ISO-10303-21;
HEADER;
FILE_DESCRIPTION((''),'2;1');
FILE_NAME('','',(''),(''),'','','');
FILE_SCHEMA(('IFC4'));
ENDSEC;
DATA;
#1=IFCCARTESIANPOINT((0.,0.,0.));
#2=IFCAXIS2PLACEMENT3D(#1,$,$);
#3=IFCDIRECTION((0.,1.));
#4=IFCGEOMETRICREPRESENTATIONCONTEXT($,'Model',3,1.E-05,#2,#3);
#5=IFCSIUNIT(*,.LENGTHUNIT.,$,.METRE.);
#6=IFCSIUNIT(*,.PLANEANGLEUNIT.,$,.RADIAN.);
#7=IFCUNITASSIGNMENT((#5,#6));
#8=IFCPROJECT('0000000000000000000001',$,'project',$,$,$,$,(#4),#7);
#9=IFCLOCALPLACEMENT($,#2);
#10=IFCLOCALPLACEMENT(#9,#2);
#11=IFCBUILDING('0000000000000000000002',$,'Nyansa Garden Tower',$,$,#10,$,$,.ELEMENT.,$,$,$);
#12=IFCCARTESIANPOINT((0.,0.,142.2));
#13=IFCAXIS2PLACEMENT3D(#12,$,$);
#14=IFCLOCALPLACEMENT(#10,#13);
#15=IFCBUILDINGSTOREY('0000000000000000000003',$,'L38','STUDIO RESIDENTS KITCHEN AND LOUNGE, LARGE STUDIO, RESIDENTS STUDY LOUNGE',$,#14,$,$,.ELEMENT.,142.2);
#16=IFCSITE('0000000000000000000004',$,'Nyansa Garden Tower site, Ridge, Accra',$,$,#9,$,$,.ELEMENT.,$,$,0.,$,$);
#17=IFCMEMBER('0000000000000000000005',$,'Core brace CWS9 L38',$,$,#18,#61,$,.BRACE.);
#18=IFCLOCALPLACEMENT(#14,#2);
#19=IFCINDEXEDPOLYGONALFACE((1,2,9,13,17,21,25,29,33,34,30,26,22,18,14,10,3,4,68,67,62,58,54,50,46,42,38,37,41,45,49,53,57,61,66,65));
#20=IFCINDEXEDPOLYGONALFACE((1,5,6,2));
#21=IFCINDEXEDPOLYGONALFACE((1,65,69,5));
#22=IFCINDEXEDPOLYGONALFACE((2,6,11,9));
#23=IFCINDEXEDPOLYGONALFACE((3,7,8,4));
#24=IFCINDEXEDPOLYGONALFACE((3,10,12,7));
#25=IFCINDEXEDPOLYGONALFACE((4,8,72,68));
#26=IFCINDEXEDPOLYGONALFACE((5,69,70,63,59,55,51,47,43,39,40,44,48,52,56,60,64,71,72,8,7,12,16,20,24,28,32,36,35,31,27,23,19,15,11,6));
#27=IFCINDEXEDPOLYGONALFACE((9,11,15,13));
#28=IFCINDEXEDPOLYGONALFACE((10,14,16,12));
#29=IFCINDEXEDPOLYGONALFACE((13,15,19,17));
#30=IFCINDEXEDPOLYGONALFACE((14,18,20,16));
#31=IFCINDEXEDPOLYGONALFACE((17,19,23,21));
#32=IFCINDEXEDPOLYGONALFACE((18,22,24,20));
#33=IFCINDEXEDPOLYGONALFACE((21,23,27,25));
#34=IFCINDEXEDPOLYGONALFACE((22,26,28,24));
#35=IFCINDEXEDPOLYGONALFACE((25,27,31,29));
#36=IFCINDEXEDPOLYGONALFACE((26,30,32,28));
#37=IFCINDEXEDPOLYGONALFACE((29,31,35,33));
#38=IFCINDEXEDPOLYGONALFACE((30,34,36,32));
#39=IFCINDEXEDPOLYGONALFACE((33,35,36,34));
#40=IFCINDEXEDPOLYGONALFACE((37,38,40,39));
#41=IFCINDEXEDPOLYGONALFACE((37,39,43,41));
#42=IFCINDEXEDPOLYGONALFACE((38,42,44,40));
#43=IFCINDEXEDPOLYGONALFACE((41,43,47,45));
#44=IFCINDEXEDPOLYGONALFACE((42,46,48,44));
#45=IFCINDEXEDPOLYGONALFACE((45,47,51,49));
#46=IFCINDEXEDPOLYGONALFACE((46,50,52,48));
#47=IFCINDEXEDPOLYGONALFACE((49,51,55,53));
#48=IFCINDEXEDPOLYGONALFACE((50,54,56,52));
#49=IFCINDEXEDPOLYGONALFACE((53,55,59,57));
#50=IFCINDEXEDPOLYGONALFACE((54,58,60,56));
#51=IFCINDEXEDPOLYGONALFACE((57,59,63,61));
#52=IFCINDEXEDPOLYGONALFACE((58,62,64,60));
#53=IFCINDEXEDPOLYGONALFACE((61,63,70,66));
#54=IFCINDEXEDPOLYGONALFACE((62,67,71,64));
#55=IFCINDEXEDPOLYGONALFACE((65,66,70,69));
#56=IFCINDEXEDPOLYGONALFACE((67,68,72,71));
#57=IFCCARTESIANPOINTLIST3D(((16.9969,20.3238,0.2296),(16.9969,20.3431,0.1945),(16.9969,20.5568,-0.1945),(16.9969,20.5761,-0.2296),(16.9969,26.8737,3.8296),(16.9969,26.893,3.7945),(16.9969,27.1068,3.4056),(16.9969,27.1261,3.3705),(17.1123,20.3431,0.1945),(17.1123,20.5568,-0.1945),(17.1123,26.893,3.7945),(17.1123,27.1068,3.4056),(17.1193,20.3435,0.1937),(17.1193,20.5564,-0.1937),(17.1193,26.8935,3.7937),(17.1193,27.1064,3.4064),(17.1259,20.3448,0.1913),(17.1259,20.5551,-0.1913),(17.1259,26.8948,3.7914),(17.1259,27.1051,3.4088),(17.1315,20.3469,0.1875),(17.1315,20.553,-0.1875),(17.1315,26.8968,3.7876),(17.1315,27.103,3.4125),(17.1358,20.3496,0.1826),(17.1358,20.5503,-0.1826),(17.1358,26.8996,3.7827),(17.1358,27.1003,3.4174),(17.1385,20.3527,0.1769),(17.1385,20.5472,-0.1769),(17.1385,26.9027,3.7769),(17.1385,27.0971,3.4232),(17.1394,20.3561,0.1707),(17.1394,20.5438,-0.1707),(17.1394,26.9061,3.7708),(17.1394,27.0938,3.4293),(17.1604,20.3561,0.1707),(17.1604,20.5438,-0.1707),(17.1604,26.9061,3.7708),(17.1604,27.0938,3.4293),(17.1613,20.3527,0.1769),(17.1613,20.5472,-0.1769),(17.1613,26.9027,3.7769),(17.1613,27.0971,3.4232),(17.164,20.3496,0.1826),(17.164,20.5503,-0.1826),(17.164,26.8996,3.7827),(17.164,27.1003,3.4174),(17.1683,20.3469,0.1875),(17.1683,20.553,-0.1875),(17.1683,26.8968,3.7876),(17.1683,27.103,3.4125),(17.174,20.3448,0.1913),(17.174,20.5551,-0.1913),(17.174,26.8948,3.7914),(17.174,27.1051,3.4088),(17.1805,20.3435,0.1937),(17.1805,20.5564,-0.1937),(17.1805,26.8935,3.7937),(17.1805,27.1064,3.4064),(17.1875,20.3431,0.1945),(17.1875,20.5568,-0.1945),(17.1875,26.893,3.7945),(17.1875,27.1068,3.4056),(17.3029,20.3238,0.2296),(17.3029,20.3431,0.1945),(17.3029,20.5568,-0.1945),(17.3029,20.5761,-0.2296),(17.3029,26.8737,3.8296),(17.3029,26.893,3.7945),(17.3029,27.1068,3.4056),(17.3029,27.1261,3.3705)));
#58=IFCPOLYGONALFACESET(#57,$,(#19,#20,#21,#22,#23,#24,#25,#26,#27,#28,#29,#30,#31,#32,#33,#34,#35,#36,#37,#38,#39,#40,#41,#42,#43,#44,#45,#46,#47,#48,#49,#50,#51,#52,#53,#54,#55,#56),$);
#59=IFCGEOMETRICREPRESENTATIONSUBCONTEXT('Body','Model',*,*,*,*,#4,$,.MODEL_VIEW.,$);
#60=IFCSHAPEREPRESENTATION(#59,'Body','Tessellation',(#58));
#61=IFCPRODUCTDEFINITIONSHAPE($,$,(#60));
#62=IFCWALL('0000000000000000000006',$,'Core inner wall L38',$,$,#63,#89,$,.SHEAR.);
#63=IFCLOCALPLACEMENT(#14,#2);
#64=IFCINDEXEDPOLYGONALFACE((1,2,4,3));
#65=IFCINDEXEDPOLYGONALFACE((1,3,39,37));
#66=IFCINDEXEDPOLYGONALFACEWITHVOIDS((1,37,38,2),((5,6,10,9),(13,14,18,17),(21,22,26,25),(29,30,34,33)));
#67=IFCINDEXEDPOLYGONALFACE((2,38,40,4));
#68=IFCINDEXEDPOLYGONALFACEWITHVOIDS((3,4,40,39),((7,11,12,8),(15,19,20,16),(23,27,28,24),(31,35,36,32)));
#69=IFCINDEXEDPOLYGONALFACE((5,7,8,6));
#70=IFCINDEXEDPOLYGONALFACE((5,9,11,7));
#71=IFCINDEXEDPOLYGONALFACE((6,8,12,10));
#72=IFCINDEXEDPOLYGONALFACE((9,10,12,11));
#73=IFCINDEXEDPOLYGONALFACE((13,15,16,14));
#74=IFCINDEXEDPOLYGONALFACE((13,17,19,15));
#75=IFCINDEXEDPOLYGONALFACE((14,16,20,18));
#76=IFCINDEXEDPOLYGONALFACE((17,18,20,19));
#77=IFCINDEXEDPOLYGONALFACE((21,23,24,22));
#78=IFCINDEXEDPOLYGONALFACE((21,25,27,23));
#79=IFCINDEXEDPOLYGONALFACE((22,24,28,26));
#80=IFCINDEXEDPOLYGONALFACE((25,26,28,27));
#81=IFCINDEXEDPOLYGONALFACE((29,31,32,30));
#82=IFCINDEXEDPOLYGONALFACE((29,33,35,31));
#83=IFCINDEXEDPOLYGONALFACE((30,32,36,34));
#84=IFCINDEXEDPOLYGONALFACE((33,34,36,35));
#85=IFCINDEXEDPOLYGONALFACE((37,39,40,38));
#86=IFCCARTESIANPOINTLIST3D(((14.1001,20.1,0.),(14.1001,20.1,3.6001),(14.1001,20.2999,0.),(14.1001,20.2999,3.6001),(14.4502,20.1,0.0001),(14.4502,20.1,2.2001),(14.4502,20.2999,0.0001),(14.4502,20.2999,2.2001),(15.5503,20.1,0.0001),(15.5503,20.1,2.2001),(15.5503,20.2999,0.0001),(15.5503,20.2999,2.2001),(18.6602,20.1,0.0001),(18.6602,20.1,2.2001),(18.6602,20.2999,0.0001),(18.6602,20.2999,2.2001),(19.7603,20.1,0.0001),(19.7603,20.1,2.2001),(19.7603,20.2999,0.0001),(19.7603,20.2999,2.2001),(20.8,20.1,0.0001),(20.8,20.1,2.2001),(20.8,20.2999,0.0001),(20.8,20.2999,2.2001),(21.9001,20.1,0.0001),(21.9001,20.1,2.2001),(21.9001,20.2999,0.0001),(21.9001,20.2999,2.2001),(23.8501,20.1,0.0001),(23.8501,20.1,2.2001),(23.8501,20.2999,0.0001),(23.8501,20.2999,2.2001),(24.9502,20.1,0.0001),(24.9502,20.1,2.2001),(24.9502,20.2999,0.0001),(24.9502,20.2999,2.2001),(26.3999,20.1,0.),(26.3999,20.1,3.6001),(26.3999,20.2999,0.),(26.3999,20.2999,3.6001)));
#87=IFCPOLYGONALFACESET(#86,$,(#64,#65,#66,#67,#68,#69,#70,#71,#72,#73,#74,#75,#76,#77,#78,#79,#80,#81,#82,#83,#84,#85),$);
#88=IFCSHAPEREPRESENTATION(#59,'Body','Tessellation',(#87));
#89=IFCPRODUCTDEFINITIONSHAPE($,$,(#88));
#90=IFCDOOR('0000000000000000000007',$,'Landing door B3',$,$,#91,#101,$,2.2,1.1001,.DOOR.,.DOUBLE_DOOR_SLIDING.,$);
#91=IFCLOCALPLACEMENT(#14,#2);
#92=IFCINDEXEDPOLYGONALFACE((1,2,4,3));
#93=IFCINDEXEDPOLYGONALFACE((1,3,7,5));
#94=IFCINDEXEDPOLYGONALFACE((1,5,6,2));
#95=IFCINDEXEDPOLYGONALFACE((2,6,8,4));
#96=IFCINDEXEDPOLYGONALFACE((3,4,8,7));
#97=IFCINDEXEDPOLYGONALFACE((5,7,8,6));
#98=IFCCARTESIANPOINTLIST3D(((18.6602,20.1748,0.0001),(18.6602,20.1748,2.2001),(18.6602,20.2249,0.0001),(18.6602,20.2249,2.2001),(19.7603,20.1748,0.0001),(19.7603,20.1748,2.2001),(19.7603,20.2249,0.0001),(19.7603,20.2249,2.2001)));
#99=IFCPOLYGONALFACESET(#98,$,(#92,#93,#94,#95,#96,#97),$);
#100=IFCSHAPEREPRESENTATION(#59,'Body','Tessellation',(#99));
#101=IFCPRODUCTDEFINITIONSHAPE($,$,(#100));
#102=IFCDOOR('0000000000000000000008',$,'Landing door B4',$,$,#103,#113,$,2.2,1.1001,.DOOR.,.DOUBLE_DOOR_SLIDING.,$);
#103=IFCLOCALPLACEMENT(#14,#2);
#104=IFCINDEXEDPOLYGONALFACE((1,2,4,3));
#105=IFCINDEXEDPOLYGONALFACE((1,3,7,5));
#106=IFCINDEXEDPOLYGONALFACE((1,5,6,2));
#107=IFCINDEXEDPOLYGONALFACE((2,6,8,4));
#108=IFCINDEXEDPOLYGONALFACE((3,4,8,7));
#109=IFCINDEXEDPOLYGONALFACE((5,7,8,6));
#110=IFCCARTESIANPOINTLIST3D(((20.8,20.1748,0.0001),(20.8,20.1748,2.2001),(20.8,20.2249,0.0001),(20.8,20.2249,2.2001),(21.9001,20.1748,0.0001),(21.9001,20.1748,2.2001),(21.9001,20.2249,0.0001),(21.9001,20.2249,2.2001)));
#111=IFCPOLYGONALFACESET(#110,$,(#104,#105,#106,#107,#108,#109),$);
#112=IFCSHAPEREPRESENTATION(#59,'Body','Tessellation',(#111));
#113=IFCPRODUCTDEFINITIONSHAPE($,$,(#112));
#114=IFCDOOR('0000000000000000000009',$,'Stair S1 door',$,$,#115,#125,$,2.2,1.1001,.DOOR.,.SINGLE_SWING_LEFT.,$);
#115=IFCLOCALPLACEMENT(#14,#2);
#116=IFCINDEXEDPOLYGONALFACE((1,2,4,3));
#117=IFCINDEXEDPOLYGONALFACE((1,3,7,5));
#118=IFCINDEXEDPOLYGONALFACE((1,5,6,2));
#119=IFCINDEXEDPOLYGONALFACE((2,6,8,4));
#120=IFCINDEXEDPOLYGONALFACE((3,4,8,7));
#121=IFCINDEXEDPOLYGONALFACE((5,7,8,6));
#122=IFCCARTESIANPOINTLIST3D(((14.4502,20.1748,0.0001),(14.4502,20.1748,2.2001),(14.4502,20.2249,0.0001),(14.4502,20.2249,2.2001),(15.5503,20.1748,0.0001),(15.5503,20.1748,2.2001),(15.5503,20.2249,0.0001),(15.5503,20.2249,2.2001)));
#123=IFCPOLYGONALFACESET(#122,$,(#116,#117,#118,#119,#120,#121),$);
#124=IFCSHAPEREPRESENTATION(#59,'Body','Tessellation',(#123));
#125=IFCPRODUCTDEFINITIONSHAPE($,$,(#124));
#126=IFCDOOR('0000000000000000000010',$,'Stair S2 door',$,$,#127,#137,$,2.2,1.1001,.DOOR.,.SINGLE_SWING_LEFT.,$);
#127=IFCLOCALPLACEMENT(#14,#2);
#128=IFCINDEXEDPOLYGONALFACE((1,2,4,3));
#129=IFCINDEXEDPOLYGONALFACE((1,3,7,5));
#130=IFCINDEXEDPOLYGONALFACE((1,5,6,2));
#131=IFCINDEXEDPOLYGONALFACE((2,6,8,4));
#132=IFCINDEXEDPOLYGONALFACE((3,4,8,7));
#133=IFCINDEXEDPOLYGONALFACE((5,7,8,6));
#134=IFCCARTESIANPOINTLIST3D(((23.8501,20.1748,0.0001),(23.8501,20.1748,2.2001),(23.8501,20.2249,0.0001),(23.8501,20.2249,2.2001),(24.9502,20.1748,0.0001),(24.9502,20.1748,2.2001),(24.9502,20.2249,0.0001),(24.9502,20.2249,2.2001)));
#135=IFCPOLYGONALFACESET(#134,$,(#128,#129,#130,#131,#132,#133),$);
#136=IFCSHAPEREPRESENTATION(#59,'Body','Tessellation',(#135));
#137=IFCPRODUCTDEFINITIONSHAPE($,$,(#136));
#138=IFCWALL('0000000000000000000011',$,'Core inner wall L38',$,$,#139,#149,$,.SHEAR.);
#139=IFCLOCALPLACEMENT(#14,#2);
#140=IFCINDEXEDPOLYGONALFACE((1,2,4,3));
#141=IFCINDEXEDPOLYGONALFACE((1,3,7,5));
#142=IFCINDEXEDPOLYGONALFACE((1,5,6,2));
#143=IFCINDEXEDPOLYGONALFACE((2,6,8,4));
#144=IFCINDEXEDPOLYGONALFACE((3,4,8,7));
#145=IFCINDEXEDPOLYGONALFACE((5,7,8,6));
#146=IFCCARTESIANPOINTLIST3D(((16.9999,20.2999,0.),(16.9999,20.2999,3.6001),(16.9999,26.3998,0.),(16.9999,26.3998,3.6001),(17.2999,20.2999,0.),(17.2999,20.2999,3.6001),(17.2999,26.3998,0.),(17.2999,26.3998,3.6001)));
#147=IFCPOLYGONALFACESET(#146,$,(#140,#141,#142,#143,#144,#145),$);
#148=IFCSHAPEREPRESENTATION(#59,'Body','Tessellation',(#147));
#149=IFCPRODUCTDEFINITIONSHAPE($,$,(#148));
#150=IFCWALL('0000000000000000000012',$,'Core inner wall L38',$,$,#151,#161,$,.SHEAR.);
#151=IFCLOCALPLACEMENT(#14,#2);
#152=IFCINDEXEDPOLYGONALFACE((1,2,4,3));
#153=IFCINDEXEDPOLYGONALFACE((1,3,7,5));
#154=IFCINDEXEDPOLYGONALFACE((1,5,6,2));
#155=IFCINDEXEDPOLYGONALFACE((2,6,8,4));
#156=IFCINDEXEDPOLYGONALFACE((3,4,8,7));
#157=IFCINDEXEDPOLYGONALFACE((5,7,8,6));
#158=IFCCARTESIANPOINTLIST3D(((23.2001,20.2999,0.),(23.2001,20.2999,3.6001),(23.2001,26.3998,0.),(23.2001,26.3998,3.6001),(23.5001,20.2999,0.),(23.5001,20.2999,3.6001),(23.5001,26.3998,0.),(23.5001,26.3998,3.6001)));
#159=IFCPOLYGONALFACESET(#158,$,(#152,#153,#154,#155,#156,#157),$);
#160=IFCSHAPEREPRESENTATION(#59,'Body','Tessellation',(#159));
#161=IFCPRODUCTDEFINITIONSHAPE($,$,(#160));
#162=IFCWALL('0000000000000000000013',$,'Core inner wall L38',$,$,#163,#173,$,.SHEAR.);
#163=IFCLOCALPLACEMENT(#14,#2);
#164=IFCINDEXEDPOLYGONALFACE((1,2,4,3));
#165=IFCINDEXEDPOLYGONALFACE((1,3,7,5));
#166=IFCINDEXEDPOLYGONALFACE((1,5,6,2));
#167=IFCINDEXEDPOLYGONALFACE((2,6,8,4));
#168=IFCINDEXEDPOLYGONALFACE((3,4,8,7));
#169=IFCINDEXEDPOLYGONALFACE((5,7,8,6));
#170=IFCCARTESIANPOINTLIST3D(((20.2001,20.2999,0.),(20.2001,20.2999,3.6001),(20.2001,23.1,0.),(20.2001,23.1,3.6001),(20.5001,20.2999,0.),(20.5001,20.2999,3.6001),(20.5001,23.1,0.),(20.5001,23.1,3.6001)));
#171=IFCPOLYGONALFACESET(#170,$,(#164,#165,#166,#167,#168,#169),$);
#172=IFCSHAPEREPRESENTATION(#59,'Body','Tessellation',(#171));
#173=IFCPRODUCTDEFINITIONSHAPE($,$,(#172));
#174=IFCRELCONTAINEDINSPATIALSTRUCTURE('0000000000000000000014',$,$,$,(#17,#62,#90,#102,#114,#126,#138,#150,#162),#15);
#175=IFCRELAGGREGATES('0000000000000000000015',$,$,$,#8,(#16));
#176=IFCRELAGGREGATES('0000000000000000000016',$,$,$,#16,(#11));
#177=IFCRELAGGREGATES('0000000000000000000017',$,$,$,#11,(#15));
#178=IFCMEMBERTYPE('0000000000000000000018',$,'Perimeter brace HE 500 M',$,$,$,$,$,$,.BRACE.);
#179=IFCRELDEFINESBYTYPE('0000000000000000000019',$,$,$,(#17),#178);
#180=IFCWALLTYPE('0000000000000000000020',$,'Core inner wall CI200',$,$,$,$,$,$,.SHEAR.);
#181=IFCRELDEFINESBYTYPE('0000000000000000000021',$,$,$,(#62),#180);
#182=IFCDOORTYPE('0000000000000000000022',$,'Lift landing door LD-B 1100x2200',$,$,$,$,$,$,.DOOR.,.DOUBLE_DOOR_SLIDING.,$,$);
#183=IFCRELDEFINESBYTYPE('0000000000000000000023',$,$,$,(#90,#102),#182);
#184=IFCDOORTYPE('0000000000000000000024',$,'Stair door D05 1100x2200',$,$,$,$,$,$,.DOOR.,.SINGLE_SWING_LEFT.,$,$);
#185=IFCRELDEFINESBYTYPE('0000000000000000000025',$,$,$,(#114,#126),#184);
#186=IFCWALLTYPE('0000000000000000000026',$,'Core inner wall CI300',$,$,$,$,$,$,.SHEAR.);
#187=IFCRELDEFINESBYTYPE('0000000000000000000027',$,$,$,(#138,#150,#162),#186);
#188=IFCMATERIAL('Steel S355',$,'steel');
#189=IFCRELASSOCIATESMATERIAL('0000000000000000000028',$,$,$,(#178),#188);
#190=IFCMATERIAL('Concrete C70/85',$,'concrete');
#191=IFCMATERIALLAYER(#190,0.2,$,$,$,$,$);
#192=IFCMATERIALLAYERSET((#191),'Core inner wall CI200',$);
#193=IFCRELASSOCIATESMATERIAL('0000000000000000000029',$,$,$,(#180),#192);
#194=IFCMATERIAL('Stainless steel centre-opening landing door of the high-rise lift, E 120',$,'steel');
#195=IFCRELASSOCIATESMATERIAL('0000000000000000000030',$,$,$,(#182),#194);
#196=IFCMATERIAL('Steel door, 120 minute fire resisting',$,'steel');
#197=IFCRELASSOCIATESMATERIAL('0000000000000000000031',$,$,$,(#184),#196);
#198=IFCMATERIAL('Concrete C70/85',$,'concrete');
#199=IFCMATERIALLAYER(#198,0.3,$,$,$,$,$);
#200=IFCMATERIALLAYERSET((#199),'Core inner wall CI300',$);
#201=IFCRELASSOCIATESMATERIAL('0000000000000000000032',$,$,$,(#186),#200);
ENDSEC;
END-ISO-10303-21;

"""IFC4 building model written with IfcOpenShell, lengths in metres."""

from ifc_helpers import new_model, si_unit, direction, frame, frame_2d, origin, origin_2d, place, context, subcontext, project, spatial, rectangle, i_section, extrude, material, layer, layer_set, material_profile, profile_set, type_object, element, fill, save


model = new_model("IFC4")

# Units and contexts
model_context = context("Model", 3, precision=1e-05, world=origin(), true_north=direction((0.0, 1.0)))
body_context = subcontext(model_context, "Body", "Model", "MODEL_VIEW")
ifc_project = project(units=[si_unit("LENGTHUNIT", "METRE"), si_unit("PLANEANGLEUNIT", "RADIAN")], contexts=[model_context])

# Site, building, storey
site_placement = place(None, origin())
site = spatial("IfcSite", under=ifc_project, at=site_placement, Name="Nyansa Garden Tower site, Ridge, Accra", CompositionType="ELEMENT", RefElevation=0.0)
building_placement = place(site_placement, origin())
building = spatial("IfcBuilding", under=site, at=building_placement, Name="Nyansa Garden Tower", CompositionType="ELEMENT")
storey_placement = place(building_placement, frame((0.0, 0.0, 142.2)))
storey = spatial("IfcBuildingStorey", under=building, at=storey_placement, Name="L38", Description="STUDIO RESIDENTS KITCHEN AND LOUNGE, LARGE STUDIO, RESIDENTS STUDY LOUNGE", CompositionType="ELEMENT", Elevation=142.2)

# Member
ifc_material_1 = material(Name="Steel S355", Category="steel")
ifc_material_profile = material_profile(ifc_material_1, i_section(OverallWidth=0.3059, OverallDepth=0.5239, WebThickness=0.021, FlangeThickness=0.04, FilletRadius=0.0271, at=origin_2d()), Name="HE 500 M")
ifc_profile_set = profile_set([ifc_material_profile], Name="Steel S355")
member_type = type_object("IfcMemberType", Name="Perimeter brace HE 500 M", PredefinedType="BRACE", material=ifc_profile_set)
member_placement = place(storey_placement, frame((17.1499, 20.45, 0.0), z_axis=(0.0, 0.876353, 0.481669), x_axis=(-1.0, 0.0, 0.0)))
element("IfcMember", 1, at=member_placement, inside=storey, type_object=member_type, Name="Core brace CWS9 L38", PredefinedType="BRACE", context=body_context, shape_type="SweptSolid", body=[
    extrude(i_section(OverallWidth=0.3059, OverallDepth=0.5239, WebThickness=0.021, FlangeThickness=0.04, FilletRadius=0.0271, at=origin_2d()), origin(), (0.0, 0.0, 1.0), 7.4741),
])

# Wall, openings, doors
ifc_material_2 = material(Name="Concrete C70/85", Category="concrete")
ifc_layer_1 = layer(ifc_material_2, 0.2)
ifc_layer_set_1 = layer_set([ifc_layer_1], Name="Core inner wall CI200")
wall_type_1 = type_object("IfcWallType", Name="Core inner wall CI200", PredefinedType="SHEAR", material=ifc_layer_set_1)
wall_1_placement = place(storey_placement, frame((14.1001, 20.2, 0.0), z_axis=(0.0, 0.0, 1.0), x_axis=(1.0, 0.0, 0.0)))
wall_1 = element("IfcWall", 2, at=wall_1_placement, inside=storey, type_object=wall_type_1, Name="Core inner wall L38", PredefinedType="SHEAR", context=body_context, shape_type="SweptSolid", body=[
    extrude(rectangle(XDim=12.2998, YDim=0.2, at=frame_2d((6.1499, 0.0))), origin(), (0.0, 0.0, 1.0), 3.6001),
])
opening_1_placement = place(wall_1_placement, frame((4.5601, 0.0, 0.0)))
opening_1 = element("IfcOpeningElement", 3, at=opening_1_placement, cuts=wall_1, PredefinedType="OPENING", context=body_context, shape_type="SweptSolid", body=[
    extrude(rectangle(XDim=1.1001, YDim=2.2, at=frame_2d((0.55, 1.1001))), frame((0.0, 0.1099, 0.0), z_axis=(0.0, -1.0, 0.0), x_axis=(1.0, 0.0, 0.0)), (0.0, 0.0, 1.0), 0.22),
])
opening_2_placement = place(wall_1_placement, frame((6.7, 0.0, 0.0)))
opening_2 = element("IfcOpeningElement", 4, at=opening_2_placement, cuts=wall_1, PredefinedType="OPENING", context=body_context, shape_type="SweptSolid", body=[
    extrude(rectangle(XDim=1.1001, YDim=2.2, at=frame_2d((0.55, 1.1001))), frame((0.0, 0.1099, 0.0), z_axis=(0.0, -1.0, 0.0), x_axis=(1.0, 0.0, 0.0)), (0.0, 0.0, 1.0), 0.22),
])
opening_3_placement = place(wall_1_placement, frame((0.3501, 0.0, 0.0)))
opening_3 = element("IfcOpeningElement", 5, at=opening_3_placement, cuts=wall_1, PredefinedType="OPENING", context=body_context, shape_type="SweptSolid", body=[
    extrude(rectangle(XDim=1.1001, YDim=2.2, at=frame_2d((0.55, 1.1001))), frame((0.0, 0.1099, 0.0), z_axis=(0.0, -1.0, 0.0), x_axis=(1.0, 0.0, 0.0)), (0.0, 0.0, 1.0), 0.22),
])
opening_4_placement = place(wall_1_placement, frame((9.75, 0.0, 0.0)))
opening_4 = element("IfcOpeningElement", 6, at=opening_4_placement, cuts=wall_1, PredefinedType="OPENING", context=body_context, shape_type="SweptSolid", body=[
    extrude(rectangle(XDim=1.1001, YDim=2.2, at=frame_2d((0.55, 1.1001))), frame((0.0, 0.1099, 0.0), z_axis=(0.0, -1.0, 0.0), x_axis=(1.0, 0.0, 0.0)), (0.0, 0.0, 1.0), 0.22),
])
ifc_material_3 = material(Name="Stainless steel centre-opening landing door of the high-rise lift, E 120", Category="steel")
door_type_1 = type_object("IfcDoorType", Name="Lift landing door LD-B 1100x2200", OperationType="DOUBLE_DOOR_SLIDING", PredefinedType="DOOR", material=ifc_material_3)
door_1_placement = place(opening_1_placement, origin())
door_1 = element("IfcDoor", 7, at=door_1_placement, inside=storey, type_object=door_type_1, Name="Landing door B3", OperationType="DOUBLE_DOOR_SLIDING", OverallHeight=2.2, OverallWidth=1.1001, PredefinedType="DOOR", context=body_context, shape_type="SweptSolid", body=[
    extrude(rectangle(XDim=1.1001, YDim=2.2, at=frame_2d((0.55, 1.1001))), frame((0.0, 0.0249, 0.0), z_axis=(0.0, -1.0, 0.0), x_axis=(1.0, 0.0, 0.0)), (0.0, 0.0, 1.0), 0.05),
])
fill(opening_1, door_1)
door_2_placement = place(opening_2_placement, origin())
door_2 = element("IfcDoor", 8, at=door_2_placement, inside=storey, type_object=door_type_1, Name="Landing door B4", OperationType="DOUBLE_DOOR_SLIDING", OverallHeight=2.2, OverallWidth=1.1001, PredefinedType="DOOR", context=body_context, shape_type="SweptSolid", body=[
    extrude(rectangle(XDim=1.1001, YDim=2.2, at=frame_2d((0.55, 1.1001))), frame((0.0, 0.0249, 0.0), z_axis=(0.0, -1.0, 0.0), x_axis=(1.0, 0.0, 0.0)), (0.0, 0.0, 1.0), 0.05),
])
fill(opening_2, door_2)
ifc_material_4 = material(Name="Steel door, 120 minute fire resisting", Category="steel")
door_type_2 = type_object("IfcDoorType", Name="Stair door D05 1100x2200", OperationType="SINGLE_SWING_LEFT", PredefinedType="DOOR", material=ifc_material_4)
door_3_placement = place(opening_3_placement, origin())
door_3 = element("IfcDoor", 9, at=door_3_placement, inside=storey, type_object=door_type_2, Name="Stair S1 door", OperationType="SINGLE_SWING_LEFT", OverallHeight=2.2, OverallWidth=1.1001, PredefinedType="DOOR", context=body_context, shape_type="SweptSolid", body=[
    extrude(rectangle(XDim=1.1001, YDim=2.2, at=frame_2d((0.55, 1.1001))), frame((0.0, 0.0249, 0.0), z_axis=(0.0, -1.0, 0.0), x_axis=(1.0, 0.0, 0.0)), (0.0, 0.0, 1.0), 0.05),
])
fill(opening_3, door_3)
door_4_placement = place(opening_4_placement, origin())
door_4 = element("IfcDoor", 10, at=door_4_placement, inside=storey, type_object=door_type_2, Name="Stair S2 door", OperationType="SINGLE_SWING_LEFT", OverallHeight=2.2, OverallWidth=1.1001, PredefinedType="DOOR", context=body_context, shape_type="SweptSolid", body=[
    extrude(rectangle(XDim=1.1001, YDim=2.2, at=frame_2d((0.55, 1.1001))), frame((0.0, 0.0249, 0.0), z_axis=(0.0, -1.0, 0.0), x_axis=(1.0, 0.0, 0.0)), (0.0, 0.0, 1.0), 0.05),
])
fill(opening_4, door_4)

# Walls
ifc_material_5 = material(Name="Concrete C70/85", Category="concrete")
ifc_layer_2 = layer(ifc_material_5, 0.3)
ifc_layer_set_2 = layer_set([ifc_layer_2], Name="Core inner wall CI300")
wall_type_2 = type_object("IfcWallType", Name="Core inner wall CI300", PredefinedType="SHEAR", material=ifc_layer_set_2)
for number, where, z_axis, x_axis, name in (
    (11, (17.1499, 20.3, 0.0), (0.0, 0.0, 1.0), (0.0, 1.0, 0.0), "Core inner wall L38"),
    (12, (23.3501, 20.3, 0.0), (0.0, 0.0, 1.0), (0.0, 1.0, 0.0), "Core inner wall L38"),
):
    element("IfcWall", number, at=place(storey_placement, frame(where, z_axis=z_axis, x_axis=x_axis)), inside=storey, type_object=wall_type_2, Name=name, PredefinedType="SHEAR", context=body_context, shape_type="SweptSolid", body=[
        extrude(rectangle(XDim=6.0999, YDim=0.3, at=frame_2d((3.0498, 0.0))), origin(), (0.0, 0.0, 1.0), 3.6001),
    ])
wall_2_placement = place(storey_placement, frame((20.3501, 20.3, 0.0), z_axis=(0.0, 0.0, 1.0), x_axis=(0.0, 1.0, 0.0)))
element("IfcWall", 13, at=wall_2_placement, inside=storey, type_object=wall_type_2, Name="Core inner wall L38", PredefinedType="SHEAR", context=body_context, shape_type="SweptSolid", body=[
    extrude(rectangle(XDim=2.8, YDim=0.3, at=frame_2d((1.3999, 0.0))), origin(), (0.0, 0.0, 1.0), 3.6001),
])

save(model, "model.ifc")
